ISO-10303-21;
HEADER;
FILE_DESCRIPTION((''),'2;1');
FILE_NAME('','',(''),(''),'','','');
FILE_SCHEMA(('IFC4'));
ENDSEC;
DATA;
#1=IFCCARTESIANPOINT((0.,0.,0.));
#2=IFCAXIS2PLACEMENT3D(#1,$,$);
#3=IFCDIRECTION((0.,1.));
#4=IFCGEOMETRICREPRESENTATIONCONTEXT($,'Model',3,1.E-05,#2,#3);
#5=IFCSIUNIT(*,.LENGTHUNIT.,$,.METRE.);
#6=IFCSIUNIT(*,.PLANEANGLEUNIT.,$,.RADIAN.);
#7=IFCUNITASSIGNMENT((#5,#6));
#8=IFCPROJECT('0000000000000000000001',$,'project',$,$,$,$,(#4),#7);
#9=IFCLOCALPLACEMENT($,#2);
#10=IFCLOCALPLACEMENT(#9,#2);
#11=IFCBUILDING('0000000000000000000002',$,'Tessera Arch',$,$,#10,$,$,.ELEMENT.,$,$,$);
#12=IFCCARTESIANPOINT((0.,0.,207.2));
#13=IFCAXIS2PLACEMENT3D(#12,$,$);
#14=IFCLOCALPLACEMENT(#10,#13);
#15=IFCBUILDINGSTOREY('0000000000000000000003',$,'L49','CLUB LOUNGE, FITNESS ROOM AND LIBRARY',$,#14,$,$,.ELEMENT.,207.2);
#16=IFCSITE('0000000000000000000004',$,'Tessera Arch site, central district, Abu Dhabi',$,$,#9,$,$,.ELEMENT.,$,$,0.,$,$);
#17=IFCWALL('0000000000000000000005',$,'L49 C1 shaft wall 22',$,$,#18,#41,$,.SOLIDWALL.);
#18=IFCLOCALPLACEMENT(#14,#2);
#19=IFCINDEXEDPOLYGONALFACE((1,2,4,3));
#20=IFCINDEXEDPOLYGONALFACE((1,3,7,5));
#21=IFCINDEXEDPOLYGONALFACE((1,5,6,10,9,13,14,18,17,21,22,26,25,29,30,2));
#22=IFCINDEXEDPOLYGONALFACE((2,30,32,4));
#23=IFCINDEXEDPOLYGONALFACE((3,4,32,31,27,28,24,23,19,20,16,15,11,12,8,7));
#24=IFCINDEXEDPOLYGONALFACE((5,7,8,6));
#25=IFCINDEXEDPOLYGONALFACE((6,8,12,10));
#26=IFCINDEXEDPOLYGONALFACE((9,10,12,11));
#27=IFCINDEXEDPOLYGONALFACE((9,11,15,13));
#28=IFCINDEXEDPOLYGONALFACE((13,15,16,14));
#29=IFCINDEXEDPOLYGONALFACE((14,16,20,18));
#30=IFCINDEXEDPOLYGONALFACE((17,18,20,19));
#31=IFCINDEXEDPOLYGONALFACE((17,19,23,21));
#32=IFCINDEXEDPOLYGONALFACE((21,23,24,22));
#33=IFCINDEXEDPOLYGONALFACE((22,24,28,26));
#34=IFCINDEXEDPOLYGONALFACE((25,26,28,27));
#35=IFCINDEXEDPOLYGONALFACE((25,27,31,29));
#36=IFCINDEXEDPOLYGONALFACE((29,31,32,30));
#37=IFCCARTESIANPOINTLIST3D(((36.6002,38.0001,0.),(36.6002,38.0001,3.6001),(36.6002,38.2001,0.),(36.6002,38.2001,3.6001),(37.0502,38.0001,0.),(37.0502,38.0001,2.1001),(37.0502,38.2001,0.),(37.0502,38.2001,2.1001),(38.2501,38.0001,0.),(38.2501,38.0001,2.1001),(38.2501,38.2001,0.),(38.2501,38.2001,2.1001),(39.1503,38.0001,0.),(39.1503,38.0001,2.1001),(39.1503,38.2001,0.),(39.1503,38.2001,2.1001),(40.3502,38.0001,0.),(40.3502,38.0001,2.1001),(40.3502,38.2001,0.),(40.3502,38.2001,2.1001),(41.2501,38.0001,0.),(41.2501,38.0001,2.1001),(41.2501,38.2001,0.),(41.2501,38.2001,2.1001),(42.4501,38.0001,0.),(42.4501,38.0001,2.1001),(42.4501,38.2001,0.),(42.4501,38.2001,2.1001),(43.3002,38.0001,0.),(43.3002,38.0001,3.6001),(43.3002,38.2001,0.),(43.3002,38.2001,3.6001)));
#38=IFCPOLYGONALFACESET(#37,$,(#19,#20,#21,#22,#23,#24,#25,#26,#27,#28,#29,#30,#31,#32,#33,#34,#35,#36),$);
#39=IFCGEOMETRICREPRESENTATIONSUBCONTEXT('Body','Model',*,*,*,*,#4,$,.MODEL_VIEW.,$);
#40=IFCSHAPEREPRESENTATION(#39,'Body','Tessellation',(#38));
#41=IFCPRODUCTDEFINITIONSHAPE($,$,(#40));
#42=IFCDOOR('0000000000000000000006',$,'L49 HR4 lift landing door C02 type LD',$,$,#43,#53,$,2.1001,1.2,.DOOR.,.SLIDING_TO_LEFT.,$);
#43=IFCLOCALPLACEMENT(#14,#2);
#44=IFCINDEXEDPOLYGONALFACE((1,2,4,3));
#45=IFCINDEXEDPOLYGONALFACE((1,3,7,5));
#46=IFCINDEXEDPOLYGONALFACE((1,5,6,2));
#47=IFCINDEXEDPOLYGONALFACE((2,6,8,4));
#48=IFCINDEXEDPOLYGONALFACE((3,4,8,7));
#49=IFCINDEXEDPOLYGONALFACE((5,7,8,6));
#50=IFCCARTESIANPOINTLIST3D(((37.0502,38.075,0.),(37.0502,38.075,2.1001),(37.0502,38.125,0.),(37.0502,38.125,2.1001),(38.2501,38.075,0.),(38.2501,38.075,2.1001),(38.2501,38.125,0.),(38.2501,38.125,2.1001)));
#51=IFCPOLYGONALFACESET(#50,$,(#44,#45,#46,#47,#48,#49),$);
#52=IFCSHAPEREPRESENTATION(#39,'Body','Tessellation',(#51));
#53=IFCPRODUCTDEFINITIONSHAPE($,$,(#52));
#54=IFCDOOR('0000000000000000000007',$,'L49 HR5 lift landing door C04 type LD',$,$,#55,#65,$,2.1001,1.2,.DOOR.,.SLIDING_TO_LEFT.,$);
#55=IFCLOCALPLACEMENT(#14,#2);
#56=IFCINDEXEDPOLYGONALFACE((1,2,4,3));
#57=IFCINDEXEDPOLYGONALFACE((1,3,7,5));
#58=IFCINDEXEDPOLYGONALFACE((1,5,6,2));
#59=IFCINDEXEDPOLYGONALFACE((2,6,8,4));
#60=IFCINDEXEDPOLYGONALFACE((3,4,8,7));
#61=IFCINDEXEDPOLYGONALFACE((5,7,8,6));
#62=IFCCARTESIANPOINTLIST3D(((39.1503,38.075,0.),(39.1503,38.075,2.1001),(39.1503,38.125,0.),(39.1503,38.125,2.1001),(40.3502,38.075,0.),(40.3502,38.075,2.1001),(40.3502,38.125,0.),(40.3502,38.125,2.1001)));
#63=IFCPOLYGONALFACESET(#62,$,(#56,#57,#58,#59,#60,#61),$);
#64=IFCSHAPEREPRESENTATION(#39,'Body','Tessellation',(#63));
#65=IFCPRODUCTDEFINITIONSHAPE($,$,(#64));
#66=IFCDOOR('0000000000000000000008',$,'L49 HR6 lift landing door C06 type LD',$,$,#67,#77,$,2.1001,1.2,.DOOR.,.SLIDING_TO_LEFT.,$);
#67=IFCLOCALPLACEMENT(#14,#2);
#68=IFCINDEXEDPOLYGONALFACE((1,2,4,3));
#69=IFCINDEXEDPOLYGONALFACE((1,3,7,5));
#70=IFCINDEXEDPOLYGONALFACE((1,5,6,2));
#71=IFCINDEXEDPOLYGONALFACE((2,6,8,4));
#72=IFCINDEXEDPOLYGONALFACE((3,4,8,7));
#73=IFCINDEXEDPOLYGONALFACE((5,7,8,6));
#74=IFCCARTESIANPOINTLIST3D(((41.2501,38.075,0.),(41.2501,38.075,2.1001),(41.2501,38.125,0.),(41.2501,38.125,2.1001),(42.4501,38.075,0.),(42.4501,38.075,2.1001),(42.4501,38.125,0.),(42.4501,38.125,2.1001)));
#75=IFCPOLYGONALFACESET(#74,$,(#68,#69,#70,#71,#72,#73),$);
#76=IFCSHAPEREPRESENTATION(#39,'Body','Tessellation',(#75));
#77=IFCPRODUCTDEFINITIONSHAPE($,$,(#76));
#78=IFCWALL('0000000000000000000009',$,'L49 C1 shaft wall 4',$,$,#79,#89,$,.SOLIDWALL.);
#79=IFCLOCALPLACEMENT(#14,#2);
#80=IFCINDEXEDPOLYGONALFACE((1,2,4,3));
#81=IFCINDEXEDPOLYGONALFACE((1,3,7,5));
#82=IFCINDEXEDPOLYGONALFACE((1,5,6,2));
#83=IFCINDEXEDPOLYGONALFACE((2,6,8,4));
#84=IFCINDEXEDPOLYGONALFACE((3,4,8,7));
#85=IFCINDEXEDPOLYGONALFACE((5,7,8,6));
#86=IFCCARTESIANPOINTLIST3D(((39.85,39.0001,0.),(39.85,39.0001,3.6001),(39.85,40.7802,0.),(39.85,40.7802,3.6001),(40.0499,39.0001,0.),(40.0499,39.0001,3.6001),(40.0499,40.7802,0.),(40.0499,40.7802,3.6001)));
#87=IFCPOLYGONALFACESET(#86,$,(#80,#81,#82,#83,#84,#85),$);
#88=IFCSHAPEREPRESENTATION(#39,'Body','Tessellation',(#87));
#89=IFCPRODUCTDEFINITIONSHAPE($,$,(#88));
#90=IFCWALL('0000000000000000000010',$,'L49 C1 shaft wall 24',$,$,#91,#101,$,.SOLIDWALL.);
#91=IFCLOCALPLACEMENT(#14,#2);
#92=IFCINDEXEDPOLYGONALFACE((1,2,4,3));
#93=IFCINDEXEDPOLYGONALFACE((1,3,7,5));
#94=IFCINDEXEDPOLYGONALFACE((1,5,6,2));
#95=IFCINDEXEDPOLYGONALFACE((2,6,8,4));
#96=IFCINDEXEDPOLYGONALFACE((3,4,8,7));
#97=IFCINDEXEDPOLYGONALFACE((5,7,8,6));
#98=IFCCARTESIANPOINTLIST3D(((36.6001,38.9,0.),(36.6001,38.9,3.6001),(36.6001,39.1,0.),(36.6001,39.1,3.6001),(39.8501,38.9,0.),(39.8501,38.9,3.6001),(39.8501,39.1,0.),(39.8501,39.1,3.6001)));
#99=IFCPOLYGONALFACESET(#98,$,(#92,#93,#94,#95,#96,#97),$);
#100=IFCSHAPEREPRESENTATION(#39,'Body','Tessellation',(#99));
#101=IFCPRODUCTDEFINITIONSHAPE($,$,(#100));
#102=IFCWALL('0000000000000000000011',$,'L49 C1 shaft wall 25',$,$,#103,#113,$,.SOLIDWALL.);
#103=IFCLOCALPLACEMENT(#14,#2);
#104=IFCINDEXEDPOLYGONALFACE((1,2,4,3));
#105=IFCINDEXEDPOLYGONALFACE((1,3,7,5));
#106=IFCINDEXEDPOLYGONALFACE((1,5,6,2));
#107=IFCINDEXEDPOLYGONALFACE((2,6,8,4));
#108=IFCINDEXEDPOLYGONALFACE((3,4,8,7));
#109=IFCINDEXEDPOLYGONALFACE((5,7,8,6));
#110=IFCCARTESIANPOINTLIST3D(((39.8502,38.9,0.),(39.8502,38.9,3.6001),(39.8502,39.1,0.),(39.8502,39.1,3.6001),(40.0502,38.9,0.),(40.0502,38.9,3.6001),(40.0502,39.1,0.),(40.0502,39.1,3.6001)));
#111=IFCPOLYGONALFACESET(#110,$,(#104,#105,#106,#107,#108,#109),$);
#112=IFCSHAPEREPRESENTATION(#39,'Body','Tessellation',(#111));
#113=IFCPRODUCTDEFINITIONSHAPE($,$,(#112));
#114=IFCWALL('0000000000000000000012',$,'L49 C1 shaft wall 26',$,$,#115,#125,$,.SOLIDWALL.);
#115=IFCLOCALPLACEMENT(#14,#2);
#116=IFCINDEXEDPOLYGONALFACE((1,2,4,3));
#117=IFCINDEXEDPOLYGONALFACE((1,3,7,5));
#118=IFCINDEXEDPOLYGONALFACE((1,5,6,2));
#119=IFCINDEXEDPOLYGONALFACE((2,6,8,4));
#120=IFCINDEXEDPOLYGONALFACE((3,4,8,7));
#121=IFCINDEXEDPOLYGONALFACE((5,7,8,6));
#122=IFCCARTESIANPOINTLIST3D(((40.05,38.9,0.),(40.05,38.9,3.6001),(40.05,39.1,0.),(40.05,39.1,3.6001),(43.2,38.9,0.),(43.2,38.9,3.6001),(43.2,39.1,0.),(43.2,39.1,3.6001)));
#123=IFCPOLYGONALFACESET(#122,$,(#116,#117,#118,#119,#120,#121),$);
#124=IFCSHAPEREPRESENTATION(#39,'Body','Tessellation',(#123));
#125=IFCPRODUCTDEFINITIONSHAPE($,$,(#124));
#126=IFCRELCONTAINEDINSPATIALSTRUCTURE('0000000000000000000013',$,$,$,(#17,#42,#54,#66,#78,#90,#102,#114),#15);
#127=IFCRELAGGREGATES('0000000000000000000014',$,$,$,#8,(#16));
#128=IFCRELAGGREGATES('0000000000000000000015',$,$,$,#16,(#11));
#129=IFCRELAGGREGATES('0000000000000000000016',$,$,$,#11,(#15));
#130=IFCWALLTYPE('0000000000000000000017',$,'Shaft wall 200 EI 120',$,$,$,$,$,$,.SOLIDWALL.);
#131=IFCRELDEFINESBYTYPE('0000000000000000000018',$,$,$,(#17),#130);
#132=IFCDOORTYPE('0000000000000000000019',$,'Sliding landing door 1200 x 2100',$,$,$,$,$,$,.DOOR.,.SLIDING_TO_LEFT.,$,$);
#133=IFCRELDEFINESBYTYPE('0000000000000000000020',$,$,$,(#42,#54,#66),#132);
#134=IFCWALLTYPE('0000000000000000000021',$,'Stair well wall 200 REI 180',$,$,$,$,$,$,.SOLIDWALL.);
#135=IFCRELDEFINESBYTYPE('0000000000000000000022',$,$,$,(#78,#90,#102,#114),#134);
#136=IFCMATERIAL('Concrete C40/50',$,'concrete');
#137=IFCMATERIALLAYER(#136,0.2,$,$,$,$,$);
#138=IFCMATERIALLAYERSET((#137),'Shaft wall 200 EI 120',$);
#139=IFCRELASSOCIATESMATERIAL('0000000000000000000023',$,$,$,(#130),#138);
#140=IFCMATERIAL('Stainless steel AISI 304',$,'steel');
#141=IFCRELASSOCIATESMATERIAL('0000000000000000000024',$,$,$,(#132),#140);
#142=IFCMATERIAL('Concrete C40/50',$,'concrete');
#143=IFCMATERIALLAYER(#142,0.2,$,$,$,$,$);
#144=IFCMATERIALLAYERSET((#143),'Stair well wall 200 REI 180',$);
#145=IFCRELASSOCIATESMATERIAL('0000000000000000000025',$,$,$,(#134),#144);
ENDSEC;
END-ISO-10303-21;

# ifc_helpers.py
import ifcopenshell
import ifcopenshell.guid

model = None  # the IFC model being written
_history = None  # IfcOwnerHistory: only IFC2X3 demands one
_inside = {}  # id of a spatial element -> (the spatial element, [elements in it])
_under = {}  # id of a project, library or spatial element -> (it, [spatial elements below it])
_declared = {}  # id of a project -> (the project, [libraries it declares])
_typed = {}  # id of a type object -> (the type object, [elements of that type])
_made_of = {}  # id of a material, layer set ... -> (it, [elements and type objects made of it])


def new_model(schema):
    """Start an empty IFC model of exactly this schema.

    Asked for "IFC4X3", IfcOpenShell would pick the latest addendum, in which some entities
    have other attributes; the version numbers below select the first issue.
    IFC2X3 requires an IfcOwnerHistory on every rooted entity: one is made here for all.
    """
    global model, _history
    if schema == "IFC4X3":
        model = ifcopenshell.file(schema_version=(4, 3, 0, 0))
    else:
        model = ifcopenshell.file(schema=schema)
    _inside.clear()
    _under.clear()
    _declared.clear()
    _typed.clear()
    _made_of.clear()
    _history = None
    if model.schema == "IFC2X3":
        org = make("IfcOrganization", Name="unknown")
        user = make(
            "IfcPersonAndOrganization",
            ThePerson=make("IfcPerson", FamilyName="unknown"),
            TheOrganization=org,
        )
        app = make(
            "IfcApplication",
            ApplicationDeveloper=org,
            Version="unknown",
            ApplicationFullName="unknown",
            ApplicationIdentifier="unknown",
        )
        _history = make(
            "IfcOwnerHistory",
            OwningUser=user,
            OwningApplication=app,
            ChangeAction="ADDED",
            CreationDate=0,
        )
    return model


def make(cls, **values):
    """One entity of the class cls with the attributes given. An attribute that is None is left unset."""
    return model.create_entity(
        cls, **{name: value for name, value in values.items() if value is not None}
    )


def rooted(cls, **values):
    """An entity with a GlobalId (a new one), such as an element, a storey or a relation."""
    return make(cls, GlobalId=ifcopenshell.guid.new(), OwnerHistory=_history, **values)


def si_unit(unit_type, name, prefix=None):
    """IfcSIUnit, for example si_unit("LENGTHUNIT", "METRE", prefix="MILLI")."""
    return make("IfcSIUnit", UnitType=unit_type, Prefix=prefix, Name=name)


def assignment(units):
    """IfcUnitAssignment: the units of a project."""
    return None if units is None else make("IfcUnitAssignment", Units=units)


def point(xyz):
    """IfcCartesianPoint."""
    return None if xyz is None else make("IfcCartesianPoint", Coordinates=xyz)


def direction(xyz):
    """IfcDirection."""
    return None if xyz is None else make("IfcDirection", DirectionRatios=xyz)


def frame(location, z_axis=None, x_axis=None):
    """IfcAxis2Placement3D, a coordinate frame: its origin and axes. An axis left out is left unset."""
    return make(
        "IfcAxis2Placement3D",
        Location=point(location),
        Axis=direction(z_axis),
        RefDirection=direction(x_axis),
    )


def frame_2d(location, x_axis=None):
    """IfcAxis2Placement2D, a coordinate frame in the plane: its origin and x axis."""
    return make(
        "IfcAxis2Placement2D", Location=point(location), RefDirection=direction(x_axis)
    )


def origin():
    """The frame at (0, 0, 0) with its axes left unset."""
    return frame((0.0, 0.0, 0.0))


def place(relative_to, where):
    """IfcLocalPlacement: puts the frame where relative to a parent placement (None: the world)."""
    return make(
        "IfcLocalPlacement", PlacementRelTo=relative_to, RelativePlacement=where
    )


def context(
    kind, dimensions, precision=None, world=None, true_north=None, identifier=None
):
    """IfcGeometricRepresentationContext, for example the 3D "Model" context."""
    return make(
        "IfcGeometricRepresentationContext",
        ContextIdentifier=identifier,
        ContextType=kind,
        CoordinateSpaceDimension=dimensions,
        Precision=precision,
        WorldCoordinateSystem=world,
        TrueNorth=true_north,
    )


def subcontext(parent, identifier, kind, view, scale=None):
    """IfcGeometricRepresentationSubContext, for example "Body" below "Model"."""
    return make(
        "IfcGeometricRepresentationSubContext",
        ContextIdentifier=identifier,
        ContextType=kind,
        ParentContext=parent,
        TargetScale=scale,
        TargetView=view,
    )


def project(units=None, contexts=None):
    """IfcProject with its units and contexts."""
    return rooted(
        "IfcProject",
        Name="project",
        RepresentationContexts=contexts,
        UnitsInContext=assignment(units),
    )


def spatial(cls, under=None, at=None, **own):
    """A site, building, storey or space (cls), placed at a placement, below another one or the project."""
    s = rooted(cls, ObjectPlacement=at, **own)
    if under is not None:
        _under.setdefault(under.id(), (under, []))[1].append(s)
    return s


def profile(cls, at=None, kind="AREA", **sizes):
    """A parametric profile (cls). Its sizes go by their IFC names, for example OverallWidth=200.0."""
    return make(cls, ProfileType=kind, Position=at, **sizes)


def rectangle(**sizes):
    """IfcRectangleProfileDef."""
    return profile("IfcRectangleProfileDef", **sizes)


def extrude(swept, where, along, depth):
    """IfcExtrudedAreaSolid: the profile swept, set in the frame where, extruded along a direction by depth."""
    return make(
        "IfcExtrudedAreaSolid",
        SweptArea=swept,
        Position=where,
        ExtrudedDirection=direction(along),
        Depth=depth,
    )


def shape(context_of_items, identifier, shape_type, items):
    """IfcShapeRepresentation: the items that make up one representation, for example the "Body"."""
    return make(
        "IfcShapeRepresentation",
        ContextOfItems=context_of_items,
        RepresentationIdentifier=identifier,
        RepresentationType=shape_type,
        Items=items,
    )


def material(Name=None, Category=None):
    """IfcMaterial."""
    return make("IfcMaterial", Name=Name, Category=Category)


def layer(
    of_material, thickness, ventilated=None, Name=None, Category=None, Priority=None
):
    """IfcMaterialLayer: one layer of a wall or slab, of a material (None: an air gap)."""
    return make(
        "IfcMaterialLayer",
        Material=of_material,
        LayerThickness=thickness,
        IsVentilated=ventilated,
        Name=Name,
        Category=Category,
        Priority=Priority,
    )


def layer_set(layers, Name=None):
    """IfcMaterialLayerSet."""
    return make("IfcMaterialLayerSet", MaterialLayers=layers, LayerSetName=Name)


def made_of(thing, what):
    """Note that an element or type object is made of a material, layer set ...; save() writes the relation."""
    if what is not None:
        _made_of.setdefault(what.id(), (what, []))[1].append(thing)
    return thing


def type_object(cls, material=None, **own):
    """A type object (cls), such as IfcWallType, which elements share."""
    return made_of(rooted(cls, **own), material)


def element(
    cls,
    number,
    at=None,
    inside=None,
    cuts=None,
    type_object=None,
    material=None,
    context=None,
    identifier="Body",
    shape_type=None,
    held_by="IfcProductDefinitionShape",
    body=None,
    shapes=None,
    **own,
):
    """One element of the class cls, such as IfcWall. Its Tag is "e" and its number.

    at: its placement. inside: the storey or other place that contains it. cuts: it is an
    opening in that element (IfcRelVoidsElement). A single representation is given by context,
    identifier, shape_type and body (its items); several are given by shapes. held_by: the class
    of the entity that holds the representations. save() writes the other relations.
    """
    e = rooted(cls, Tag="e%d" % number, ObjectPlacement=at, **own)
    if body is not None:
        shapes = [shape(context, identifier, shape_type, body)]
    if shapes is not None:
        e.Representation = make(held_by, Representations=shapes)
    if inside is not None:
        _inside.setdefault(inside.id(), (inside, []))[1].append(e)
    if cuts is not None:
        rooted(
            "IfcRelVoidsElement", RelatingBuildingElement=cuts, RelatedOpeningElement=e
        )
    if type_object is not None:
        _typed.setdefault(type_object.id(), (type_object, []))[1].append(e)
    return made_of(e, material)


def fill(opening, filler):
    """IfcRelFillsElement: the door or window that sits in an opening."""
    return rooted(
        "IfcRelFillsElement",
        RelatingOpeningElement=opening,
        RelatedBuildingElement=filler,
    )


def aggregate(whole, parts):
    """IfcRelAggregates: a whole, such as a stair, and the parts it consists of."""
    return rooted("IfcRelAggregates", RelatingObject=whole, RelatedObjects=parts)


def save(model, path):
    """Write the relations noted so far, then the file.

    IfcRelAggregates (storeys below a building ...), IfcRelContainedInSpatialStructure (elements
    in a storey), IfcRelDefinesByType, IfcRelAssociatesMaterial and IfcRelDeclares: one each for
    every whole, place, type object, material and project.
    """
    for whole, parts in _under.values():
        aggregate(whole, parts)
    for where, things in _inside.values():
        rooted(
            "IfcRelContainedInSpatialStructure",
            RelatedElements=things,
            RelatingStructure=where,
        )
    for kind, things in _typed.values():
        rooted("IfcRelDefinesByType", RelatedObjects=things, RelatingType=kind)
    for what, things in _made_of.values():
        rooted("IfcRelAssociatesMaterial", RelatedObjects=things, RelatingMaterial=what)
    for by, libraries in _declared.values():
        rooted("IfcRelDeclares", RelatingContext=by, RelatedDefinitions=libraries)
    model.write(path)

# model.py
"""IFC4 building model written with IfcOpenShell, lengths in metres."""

from ifc_helpers import new_model, si_unit, direction, frame, frame_2d, origin, place, context, subcontext, project, spatial, rectangle, extrude, material, layer, layer_set, type_object, element, fill, save


model = new_model("IFC4")

# Units and contexts
model_context = context("Model", 3, precision=1e-05, world=origin(), true_north=direction((0.0, 1.0)))
body_context = subcontext(model_context, "Body", "Model", "MODEL_VIEW")
ifc_project = project(units=[si_unit("LENGTHUNIT", "METRE"), si_unit("PLANEANGLEUNIT", "RADIAN")], contexts=[model_context])

# Site, building, storey
site_placement = place(None, origin())
site = spatial("IfcSite", under=ifc_project, at=site_placement, Name="Tessera Arch site, central district, Abu Dhabi", CompositionType="ELEMENT", RefElevation=0.0)
building_placement = place(site_placement, origin())
building = spatial("IfcBuilding", under=site, at=building_placement, Name="Tessera Arch", CompositionType="ELEMENT")
storey_placement = place(building_placement, frame((0.0, 0.0, 207.2)))
storey = spatial("IfcBuildingStorey", under=building, at=storey_placement, Name="L49", Description="CLUB LOUNGE, FITNESS ROOM AND LIBRARY", CompositionType="ELEMENT", Elevation=207.2)

# Shared definitions
ifc_material_1 = material(Name="Concrete C40/50", Category="concrete")
ifc_layer_1 = layer(ifc_material_1, 0.2)
ifc_layer_set_1 = layer_set([ifc_layer_1], Name="Shaft wall 200 EI 120")
wall_type_1 = type_object("IfcWallType", Name="Shaft wall 200 EI 120", PredefinedType="SOLIDWALL", material=ifc_layer_set_1)

# Shared definitions
ifc_material_2 = material(Name="Stainless steel AISI 304", Category="steel")
door_type_1 = type_object("IfcDoorType", Name="Sliding landing door 1200 x 2100", OperationType="SLIDING_TO_LEFT", PredefinedType="DOOR", material=ifc_material_2)

# Wall, openings, doors
wall_1_placement = place(storey_placement, frame((36.6001, 38.1001, 0.0), z_axis=(0.0, 0.0, 1.0), x_axis=(1.0, 0.0, 0.0)))
wall_1 = element("IfcWall", 1, at=wall_1_placement, inside=storey, type_object=wall_type_1, Name="L49 C1 shaft wall 22", PredefinedType="SOLIDWALL", context=body_context, shape_type="SweptSolid", body=[
    extrude(rectangle(XDim=6.7, YDim=0.2, at=frame_2d((3.3501, 0.0))), origin(), (0.0, 0.0, 1.0), 3.6001),
])
opening_1_placement = place(wall_1_placement, frame((0.45, 0.0, 0.0)))
opening_1 = element("IfcOpeningElement", 2, at=opening_1_placement, cuts=wall_1, PredefinedType="OPENING", context=body_context, shape_type="SweptSolid", body=[
    extrude(rectangle(XDim=1.2, YDim=2.1001, at=frame_2d((0.6001, 1.05))), frame((0.0, 0.1099, 0.0), z_axis=(0.0, -1.0, 0.0), x_axis=(1.0, 0.0, 0.0)), (0.0, 0.0, 1.0), 0.22),
])
opening_2_placement = place(wall_1_placement, frame((2.55, 0.0, 0.0)))
opening_2 = element("IfcOpeningElement", 3, at=opening_2_placement, cuts=wall_1, PredefinedType="OPENING", context=body_context, shape_type="SweptSolid", body=[
    extrude(rectangle(XDim=1.2, YDim=2.1001, at=frame_2d((0.6001, 1.05))), frame((0.0, 0.1099, 0.0), z_axis=(0.0, -1.0, 0.0), x_axis=(1.0, 0.0, 0.0)), (0.0, 0.0, 1.0), 0.22),
])
opening_3_placement = place(wall_1_placement, frame((4.6499, 0.0, 0.0)))
opening_3 = element("IfcOpeningElement", 4, at=opening_3_placement, cuts=wall_1, PredefinedType="OPENING", context=body_context, shape_type="SweptSolid", body=[
    extrude(rectangle(XDim=1.2, YDim=2.1001, at=frame_2d((0.6001, 1.05))), frame((0.0, 0.1099, 0.0), z_axis=(0.0, -1.0, 0.0), x_axis=(1.0, 0.0, 0.0)), (0.0, 0.0, 1.0), 0.22),
])
door_1_placement = place(opening_1_placement, origin())
door_1 = element("IfcDoor", 5, at=door_1_placement, inside=storey, type_object=door_type_1, Name="L49 HR4 lift landing door C02 type LD", OperationType="SLIDING_TO_LEFT", OverallHeight=2.1001, OverallWidth=1.2, PredefinedType="DOOR", context=body_context, shape_type="SweptSolid", body=[
    extrude(rectangle(XDim=1.2, YDim=2.1001, at=frame_2d((0.6001, 1.05))), frame((0.0, 0.0249, 0.0), z_axis=(0.0, -1.0, 0.0), x_axis=(1.0, 0.0, 0.0)), (0.0, 0.0, 1.0), 0.05),
])
fill(opening_1, door_1)
door_2_placement = place(opening_2_placement, origin())
door_2 = element("IfcDoor", 6, at=door_2_placement, inside=storey, type_object=door_type_1, Name="L49 HR5 lift landing door C04 type LD", OperationType="SLIDING_TO_LEFT", OverallHeight=2.1001, OverallWidth=1.2, PredefinedType="DOOR", context=body_context, shape_type="SweptSolid", body=[
    extrude(rectangle(XDim=1.2, YDim=2.1001, at=frame_2d((0.6001, 1.05))), frame((0.0, 0.0249, 0.0), z_axis=(0.0, -1.0, 0.0), x_axis=(1.0, 0.0, 0.0)), (0.0, 0.0, 1.0), 0.05),
])
fill(opening_2, door_2)
door_3_placement = place(opening_3_placement, origin())
door_3 = element("IfcDoor", 7, at=door_3_placement, inside=storey, type_object=door_type_1, Name="L49 HR6 lift landing door C06 type LD", OperationType="SLIDING_TO_LEFT", OverallHeight=2.1001, OverallWidth=1.2, PredefinedType="DOOR", context=body_context, shape_type="SweptSolid", body=[
    extrude(rectangle(XDim=1.2, YDim=2.1001, at=frame_2d((0.6001, 1.05))), frame((0.0, 0.0249, 0.0), z_axis=(0.0, -1.0, 0.0), x_axis=(1.0, 0.0, 0.0)), (0.0, 0.0, 1.0), 0.05),
])
fill(opening_3, door_3)

# Walls
ifc_material_3 = material(Name="Concrete C40/50", Category="concrete")
ifc_layer_2 = layer(ifc_material_3, 0.2)
ifc_layer_set_2 = layer_set([ifc_layer_2], Name="Stair well wall 200 REI 180")
wall_type_2 = type_object("IfcWallType", Name="Stair well wall 200 REI 180", PredefinedType="SOLIDWALL", material=ifc_layer_set_2)
wall_2_placement = place(storey_placement, frame((39.95, 39.0, 0.0), z_axis=(0.0, 0.0, 1.0), x_axis=(0.0, 1.0, 0.0)))
element("IfcWall", 8, at=wall_2_placement, inside=storey, type_object=wall_type_2, Name="L49 C1 shaft wall 4", PredefinedType="SOLIDWALL", context=body_context, shape_type="SweptSolid", body=[
    extrude(rectangle(XDim=1.78, YDim=0.2, at=frame_2d((0.8901, 0.0))), origin(), (0.0, 0.0, 1.0), 3.6001),
])
wall_3_placement = place(storey_placement, frame((36.6001, 39.0, 0.0), z_axis=(0.0, 0.0, 1.0), x_axis=(1.0, 0.0, 0.0)))
element("IfcWall", 9, at=wall_3_placement, inside=storey, type_object=wall_type_2, Name="L49 C1 shaft wall 24", PredefinedType="SOLIDWALL", context=body_context, shape_type="SweptSolid", body=[
    extrude(rectangle(XDim=3.25, YDim=0.2, at=frame_2d((1.625, 0.0))), origin(), (0.0, 0.0, 1.0), 3.6001),
])
wall_4_placement = place(storey_placement, frame((39.8501, 39.0, 0.0), z_axis=(0.0, 0.0, 1.0), x_axis=(1.0, 0.0, 0.0)))
element("IfcWall", 10, at=wall_4_placement, inside=storey, type_object=wall_type_2, Name="L49 C1 shaft wall 25", PredefinedType="SOLIDWALL", context=body_context, shape_type="SweptSolid", body=[
    extrude(rectangle(XDim=0.2, YDim=0.2, at=frame_2d((0.1001, 0.0))), origin(), (0.0, 0.0, 1.0), 3.6001),
])
wall_5_placement = place(storey_placement, frame((40.05, 39.0, 0.0), z_axis=(0.0, 0.0, 1.0), x_axis=(1.0, 0.0, 0.0)))
element("IfcWall", 11, at=wall_5_placement, inside=storey, type_object=wall_type_2, Name="L49 C1 shaft wall 26", PredefinedType="SOLIDWALL", context=body_context, shape_type="SweptSolid", body=[
    extrude(rectangle(XDim=3.1499, YDim=0.2, at=frame_2d((1.575, 0.0))), origin(), (0.0, 0.0, 1.0), 3.6001),
])

save(model, "model.ifc")
